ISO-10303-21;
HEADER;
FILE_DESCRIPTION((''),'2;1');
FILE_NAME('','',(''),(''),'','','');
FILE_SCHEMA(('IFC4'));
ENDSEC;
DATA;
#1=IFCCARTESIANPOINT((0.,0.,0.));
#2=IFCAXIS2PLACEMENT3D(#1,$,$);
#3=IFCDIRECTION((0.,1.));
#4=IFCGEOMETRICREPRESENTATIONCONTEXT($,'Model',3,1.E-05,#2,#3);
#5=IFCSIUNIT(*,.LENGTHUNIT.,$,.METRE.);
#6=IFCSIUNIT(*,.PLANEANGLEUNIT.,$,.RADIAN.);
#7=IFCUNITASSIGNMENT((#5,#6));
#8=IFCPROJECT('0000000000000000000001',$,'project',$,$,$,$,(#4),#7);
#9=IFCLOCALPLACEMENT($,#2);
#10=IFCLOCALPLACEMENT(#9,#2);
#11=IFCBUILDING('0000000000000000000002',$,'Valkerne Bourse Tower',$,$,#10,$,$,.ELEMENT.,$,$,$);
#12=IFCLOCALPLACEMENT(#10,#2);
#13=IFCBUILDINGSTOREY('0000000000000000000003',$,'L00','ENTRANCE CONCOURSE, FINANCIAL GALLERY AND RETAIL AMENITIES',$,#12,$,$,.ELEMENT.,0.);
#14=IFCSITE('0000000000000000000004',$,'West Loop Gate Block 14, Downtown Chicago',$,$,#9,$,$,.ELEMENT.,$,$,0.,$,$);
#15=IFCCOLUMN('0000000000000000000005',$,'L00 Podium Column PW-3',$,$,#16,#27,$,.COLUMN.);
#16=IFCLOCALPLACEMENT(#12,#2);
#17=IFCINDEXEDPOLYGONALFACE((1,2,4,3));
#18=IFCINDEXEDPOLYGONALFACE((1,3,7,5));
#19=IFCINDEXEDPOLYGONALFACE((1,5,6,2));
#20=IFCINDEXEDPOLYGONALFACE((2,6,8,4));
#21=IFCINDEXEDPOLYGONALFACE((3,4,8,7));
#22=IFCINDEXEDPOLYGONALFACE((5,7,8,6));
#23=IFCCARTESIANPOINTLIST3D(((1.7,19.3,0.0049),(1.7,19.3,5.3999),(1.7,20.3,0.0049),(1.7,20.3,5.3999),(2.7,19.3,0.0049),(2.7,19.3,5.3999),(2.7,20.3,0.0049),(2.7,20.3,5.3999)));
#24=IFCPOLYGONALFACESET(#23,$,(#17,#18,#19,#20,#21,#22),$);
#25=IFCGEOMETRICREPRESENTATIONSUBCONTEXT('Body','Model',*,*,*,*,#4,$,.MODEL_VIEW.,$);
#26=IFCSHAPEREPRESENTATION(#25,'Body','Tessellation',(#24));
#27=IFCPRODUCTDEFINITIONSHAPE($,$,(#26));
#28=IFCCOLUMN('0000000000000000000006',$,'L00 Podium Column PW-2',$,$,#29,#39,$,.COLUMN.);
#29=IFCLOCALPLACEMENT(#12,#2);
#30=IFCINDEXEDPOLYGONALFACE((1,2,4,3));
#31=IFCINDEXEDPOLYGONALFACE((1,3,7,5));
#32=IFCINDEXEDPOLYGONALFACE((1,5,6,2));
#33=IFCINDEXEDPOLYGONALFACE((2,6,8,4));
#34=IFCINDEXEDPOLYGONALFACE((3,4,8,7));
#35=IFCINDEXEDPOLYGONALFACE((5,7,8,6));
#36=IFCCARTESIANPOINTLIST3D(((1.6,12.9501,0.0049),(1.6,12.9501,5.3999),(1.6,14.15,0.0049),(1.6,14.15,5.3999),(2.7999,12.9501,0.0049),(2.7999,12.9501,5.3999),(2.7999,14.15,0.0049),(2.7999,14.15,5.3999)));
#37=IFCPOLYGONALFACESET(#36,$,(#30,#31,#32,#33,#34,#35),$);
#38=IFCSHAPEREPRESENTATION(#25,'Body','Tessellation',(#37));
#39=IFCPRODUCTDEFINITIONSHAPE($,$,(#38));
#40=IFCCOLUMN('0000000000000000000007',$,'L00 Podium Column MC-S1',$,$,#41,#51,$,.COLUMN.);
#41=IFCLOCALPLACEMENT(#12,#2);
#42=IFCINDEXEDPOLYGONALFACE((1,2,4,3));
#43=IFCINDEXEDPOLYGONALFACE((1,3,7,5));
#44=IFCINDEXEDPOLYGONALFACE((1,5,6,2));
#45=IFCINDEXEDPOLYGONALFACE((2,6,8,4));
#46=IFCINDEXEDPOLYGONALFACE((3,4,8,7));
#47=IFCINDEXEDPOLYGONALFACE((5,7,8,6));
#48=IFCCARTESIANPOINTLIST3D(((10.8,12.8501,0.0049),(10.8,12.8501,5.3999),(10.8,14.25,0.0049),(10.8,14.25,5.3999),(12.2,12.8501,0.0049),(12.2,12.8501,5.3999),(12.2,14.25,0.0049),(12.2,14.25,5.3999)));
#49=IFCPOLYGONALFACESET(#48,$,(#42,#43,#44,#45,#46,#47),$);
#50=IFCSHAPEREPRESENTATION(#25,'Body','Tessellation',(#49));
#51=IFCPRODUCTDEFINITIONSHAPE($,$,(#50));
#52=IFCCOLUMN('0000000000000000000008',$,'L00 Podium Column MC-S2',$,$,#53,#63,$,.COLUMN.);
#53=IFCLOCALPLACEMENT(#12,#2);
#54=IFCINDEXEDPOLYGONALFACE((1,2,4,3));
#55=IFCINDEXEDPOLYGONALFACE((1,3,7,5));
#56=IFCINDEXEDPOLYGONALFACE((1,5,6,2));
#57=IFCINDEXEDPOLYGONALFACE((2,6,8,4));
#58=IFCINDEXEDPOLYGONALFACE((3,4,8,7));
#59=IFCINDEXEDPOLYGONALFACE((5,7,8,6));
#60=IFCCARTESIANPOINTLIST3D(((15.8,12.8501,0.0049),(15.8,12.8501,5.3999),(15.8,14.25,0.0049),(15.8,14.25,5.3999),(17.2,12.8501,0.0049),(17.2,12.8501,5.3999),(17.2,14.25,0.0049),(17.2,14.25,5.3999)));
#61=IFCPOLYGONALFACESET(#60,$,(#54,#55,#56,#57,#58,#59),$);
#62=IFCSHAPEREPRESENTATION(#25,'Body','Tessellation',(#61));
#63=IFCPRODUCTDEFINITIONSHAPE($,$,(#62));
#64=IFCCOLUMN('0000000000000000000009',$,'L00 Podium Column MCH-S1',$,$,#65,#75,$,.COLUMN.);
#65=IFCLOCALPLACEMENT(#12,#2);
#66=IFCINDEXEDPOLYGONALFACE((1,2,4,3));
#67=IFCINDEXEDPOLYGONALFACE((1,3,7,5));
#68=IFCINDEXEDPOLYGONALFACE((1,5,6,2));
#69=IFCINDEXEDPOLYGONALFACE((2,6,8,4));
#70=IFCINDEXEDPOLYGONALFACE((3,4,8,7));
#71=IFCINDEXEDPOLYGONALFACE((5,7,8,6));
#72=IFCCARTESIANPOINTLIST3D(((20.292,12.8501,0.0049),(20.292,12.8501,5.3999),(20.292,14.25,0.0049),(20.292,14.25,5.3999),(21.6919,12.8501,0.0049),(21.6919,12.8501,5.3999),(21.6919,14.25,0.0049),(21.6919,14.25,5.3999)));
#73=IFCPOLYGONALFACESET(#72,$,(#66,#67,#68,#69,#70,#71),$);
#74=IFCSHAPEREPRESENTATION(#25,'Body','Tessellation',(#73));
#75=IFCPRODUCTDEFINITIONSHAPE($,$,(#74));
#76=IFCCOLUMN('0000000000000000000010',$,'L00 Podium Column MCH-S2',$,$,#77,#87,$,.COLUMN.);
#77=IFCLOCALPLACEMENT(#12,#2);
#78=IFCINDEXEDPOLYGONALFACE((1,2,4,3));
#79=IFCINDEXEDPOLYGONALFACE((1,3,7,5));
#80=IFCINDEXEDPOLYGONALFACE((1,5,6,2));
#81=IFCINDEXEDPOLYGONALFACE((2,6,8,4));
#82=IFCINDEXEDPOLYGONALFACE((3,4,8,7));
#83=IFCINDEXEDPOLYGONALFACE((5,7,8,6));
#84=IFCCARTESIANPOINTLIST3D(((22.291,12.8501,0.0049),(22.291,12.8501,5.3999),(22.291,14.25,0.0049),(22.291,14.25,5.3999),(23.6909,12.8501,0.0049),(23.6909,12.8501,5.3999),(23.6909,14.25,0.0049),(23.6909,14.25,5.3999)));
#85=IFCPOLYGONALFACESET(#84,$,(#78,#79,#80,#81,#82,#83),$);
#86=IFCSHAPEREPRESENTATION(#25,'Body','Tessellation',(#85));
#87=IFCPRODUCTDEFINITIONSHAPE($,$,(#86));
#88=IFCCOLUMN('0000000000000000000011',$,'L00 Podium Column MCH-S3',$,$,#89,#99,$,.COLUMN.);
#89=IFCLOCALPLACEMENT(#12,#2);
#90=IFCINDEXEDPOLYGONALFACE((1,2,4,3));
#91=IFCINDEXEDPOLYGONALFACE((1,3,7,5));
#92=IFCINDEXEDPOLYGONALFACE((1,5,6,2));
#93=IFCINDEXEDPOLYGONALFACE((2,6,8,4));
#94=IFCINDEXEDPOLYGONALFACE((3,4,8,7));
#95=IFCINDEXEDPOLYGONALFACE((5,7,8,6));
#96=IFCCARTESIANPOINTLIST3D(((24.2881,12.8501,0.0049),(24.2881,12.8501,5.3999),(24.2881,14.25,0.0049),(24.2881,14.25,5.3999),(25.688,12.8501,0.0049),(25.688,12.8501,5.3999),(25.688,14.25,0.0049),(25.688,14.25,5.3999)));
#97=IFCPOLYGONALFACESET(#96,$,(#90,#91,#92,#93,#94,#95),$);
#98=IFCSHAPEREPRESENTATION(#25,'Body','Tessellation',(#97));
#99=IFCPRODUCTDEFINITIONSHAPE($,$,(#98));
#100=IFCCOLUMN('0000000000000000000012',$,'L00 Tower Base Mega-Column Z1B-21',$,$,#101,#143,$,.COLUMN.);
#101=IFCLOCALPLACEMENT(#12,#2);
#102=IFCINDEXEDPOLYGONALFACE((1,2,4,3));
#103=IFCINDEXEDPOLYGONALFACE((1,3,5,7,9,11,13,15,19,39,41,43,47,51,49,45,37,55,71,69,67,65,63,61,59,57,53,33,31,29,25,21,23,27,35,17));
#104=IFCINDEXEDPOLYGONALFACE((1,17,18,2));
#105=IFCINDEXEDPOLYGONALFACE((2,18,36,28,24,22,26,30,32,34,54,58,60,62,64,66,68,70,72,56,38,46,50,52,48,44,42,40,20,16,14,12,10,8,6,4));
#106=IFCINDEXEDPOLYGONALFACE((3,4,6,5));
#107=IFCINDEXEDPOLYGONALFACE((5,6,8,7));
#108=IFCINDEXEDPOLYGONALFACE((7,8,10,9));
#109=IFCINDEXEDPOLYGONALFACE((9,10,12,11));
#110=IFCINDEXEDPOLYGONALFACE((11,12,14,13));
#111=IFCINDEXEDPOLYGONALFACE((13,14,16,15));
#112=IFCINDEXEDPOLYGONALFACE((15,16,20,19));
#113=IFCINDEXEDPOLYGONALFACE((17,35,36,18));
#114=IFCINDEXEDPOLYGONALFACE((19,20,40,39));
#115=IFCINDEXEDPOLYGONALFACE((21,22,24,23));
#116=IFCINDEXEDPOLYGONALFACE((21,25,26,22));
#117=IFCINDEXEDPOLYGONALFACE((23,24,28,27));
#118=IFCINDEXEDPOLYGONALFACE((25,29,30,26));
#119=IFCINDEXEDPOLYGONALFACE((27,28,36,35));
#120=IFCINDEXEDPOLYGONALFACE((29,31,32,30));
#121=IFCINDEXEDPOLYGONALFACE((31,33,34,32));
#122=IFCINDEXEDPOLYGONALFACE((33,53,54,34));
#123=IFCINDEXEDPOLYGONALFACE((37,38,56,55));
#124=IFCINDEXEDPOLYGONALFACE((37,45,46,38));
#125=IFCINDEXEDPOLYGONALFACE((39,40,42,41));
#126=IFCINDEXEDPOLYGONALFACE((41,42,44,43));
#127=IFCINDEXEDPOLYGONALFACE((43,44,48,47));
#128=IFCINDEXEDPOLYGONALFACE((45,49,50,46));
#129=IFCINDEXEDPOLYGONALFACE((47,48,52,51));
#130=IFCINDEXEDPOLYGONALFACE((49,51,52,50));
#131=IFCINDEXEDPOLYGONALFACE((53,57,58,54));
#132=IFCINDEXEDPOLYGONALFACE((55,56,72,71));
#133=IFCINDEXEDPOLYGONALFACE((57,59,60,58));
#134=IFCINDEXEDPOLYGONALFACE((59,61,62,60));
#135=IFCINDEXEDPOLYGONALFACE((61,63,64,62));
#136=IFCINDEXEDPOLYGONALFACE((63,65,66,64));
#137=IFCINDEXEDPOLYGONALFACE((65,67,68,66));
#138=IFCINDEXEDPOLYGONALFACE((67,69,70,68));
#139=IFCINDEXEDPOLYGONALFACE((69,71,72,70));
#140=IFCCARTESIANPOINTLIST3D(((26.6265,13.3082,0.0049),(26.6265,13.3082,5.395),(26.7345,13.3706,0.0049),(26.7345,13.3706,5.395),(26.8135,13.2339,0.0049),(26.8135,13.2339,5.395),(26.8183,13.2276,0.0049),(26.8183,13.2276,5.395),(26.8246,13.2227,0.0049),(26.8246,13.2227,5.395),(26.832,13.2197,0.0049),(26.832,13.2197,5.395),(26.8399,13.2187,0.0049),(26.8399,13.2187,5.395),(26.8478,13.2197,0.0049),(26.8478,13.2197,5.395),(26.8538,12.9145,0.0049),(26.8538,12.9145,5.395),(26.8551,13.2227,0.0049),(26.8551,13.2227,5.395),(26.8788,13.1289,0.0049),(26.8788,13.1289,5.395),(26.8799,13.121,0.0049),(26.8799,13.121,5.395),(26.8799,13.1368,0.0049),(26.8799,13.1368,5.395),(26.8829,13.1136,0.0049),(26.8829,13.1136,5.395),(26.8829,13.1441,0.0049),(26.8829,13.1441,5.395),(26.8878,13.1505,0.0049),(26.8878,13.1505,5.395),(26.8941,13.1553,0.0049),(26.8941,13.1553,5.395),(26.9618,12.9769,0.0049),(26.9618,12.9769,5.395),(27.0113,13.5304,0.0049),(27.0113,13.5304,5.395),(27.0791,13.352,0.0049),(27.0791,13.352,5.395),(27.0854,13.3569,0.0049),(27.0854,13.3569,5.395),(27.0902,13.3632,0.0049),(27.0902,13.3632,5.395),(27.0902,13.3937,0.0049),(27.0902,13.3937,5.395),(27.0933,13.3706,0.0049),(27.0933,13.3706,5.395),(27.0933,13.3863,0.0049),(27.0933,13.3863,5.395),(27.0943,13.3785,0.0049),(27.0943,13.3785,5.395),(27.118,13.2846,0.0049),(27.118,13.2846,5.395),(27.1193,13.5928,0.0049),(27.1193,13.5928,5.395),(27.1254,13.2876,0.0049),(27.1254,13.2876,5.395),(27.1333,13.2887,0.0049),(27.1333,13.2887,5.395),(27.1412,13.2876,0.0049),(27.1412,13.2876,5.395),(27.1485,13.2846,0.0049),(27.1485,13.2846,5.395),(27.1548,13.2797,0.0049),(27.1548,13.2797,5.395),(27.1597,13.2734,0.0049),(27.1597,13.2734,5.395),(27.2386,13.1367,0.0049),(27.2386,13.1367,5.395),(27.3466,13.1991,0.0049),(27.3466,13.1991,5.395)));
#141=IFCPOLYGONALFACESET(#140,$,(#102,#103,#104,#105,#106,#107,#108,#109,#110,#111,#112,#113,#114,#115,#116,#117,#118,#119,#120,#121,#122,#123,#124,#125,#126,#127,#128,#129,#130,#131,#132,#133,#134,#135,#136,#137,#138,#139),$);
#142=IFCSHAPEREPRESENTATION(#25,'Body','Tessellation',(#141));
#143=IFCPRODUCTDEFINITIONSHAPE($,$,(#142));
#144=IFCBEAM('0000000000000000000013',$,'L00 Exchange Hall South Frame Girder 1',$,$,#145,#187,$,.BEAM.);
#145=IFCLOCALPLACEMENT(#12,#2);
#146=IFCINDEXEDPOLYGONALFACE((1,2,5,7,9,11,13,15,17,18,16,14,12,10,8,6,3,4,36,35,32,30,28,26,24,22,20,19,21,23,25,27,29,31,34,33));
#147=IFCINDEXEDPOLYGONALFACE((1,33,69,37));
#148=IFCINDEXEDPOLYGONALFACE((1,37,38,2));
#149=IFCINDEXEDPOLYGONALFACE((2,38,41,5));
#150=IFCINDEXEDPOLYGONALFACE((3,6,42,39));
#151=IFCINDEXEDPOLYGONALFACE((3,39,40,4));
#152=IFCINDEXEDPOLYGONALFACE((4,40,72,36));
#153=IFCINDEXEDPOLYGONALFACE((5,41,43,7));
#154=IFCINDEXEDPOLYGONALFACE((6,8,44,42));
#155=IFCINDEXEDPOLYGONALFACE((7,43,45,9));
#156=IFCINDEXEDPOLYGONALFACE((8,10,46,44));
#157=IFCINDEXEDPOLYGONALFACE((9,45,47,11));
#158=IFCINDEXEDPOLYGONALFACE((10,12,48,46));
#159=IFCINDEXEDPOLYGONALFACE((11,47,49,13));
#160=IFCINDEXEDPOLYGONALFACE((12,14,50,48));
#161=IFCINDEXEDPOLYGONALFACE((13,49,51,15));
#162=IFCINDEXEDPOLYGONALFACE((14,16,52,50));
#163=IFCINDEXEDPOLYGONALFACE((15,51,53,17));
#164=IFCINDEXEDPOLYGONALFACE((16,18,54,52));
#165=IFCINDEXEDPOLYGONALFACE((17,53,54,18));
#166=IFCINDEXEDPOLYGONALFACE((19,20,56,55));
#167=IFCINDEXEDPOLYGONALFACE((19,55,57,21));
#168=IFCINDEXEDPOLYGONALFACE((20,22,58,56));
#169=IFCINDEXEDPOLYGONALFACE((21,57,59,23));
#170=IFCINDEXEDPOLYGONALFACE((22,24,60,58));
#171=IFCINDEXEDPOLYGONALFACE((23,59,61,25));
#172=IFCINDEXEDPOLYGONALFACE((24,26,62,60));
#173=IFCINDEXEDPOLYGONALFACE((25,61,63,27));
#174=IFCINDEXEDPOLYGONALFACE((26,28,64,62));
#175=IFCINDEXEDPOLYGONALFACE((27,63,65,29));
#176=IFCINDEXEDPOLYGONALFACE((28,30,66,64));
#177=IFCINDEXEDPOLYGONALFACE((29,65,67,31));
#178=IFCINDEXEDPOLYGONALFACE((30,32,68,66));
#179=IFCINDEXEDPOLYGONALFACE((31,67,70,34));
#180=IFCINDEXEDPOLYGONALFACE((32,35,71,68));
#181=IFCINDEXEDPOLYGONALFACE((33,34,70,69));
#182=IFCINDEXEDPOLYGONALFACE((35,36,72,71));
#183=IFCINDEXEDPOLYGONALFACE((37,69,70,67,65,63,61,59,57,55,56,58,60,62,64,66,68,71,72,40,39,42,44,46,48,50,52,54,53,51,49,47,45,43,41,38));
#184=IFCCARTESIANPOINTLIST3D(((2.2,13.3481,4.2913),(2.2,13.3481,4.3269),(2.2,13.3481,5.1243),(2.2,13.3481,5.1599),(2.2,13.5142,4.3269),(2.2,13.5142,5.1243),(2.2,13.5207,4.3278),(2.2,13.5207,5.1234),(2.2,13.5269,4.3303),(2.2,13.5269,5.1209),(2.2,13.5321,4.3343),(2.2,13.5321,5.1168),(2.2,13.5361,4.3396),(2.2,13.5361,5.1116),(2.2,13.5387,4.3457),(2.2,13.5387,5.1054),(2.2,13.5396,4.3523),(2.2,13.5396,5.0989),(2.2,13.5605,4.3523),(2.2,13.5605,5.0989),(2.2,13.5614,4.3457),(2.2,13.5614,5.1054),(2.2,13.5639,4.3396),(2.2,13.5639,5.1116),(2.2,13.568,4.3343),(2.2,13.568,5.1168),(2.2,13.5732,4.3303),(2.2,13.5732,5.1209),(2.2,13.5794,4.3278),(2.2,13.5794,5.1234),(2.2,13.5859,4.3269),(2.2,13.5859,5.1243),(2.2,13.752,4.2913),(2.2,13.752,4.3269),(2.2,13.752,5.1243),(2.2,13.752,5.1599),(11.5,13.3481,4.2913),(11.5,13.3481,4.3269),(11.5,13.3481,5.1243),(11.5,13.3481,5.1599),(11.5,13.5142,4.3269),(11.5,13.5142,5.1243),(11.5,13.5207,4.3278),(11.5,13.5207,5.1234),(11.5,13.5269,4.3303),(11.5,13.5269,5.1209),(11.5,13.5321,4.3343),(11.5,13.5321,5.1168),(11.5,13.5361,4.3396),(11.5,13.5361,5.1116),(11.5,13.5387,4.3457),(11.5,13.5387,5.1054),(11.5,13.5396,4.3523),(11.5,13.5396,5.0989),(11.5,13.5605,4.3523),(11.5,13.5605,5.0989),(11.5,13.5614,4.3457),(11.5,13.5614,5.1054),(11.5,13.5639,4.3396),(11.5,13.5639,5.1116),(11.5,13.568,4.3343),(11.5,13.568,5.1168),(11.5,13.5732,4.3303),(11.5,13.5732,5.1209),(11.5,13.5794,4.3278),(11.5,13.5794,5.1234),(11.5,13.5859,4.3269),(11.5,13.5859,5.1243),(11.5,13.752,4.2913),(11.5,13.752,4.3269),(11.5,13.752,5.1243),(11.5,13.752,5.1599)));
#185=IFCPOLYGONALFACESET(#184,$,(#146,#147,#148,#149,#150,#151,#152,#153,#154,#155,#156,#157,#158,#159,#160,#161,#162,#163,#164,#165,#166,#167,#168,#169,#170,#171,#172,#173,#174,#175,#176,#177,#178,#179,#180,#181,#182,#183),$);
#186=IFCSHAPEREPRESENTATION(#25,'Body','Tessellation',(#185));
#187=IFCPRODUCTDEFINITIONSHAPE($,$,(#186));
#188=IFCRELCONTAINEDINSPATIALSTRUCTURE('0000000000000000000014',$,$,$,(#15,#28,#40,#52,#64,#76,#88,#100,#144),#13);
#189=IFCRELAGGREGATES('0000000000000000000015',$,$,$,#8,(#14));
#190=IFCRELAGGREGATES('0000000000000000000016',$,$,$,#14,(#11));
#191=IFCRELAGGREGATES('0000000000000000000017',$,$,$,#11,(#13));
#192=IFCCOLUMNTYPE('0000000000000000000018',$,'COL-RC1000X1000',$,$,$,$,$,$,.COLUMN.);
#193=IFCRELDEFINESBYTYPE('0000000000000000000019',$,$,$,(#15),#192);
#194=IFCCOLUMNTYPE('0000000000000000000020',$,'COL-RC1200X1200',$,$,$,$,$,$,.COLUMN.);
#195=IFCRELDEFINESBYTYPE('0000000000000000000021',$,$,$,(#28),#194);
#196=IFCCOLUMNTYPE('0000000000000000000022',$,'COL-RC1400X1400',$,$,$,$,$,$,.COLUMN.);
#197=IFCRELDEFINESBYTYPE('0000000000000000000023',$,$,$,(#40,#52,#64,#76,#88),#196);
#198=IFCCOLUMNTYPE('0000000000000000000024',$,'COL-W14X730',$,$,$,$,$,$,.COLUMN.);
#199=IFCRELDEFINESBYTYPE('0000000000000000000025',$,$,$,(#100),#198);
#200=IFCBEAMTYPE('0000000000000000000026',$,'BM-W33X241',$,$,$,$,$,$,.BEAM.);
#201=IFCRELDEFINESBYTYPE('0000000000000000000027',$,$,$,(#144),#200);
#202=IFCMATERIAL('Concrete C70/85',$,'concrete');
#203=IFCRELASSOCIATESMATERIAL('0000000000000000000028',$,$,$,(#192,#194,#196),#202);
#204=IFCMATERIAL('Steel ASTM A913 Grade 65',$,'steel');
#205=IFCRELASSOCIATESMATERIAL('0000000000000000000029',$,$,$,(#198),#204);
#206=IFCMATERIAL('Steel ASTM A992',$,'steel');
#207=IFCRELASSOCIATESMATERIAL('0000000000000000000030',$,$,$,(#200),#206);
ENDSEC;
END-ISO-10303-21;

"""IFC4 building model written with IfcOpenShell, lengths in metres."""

from ifc_helpers import new_model, si_unit, direction, frame, origin, origin_2d, place, context, subcontext, project, spatial, rectangle, i_section, extrude, material, material_profile, profile_set, type_object, element, save


model = new_model("IFC4")

# Units and contexts
model_context = context("Model", 3, precision=1e-05, world=origin(), true_north=direction((0.0, 1.0)))
body_context = subcontext(model_context, "Body", "Model", "MODEL_VIEW")
ifc_project = project(units=[si_unit("LENGTHUNIT", "METRE"), si_unit("PLANEANGLEUNIT", "RADIAN")], contexts=[model_context])

# Site, building, storey
site_placement = place(None, origin())
site = spatial("IfcSite", under=ifc_project, at=site_placement, Name="West Loop Gate Block 14, Downtown Chicago", CompositionType="ELEMENT", RefElevation=0.0)
building_placement = place(site_placement, origin())
building = spatial("IfcBuilding", under=site, at=building_placement, Name="Valkerne Bourse Tower", CompositionType="ELEMENT")
storey_placement = place(building_placement, origin())
storey = spatial("IfcBuildingStorey", under=building, at=storey_placement, Name="L00", Description="ENTRANCE CONCOURSE, FINANCIAL GALLERY AND RETAIL AMENITIES", CompositionType="ELEMENT", Elevation=0.0)

# Columns
ifc_material_1 = material(Name="Concrete C70/85", Category="concrete")
ifc_material_profile_1 = material_profile(ifc_material_1, rectangle(XDim=1.0, YDim=1.0, at=origin_2d()), Name="RC1000X1000")
ifc_profile_set_1 = profile_set([ifc_material_profile_1], Name="Concrete C70/85")
column_type_1 = type_object("IfcColumnType", Name="COL-RC1000X1000", PredefinedType="COLUMN", material=ifc_profile_set_1)
column_1_placement = place(storey_placement, frame((2.2, 19.8, 0.0049), z_axis=(0.0, 0.0, 1.0), x_axis=(1.0, 0.0, 0.0)))
element("IfcColumn", 1, at=column_1_placement, inside=storey, type_object=column_type_1, Name="L00 Podium Column PW-3", PredefinedType="COLUMN", context=body_context, shape_type="SweptSolid", body=[
    extrude(rectangle(XDim=1.0, YDim=1.0, at=origin_2d()), origin(), (0.0, 0.0, 1.0), 5.395),
])
ifc_material_profile_2 = material_profile(ifc_material_1, rectangle(XDim=1.2, YDim=1.2, at=origin_2d()), Name="RC1200X1200")
ifc_profile_set_2 = profile_set([ifc_material_profile_2], Name="Concrete C70/85")
column_type_2 = type_object("IfcColumnType", Name="COL-RC1200X1200", PredefinedType="COLUMN", material=ifc_profile_set_2)
column_2_placement = place(storey_placement, frame((2.2, 13.55, 0.0049), z_axis=(0.0, 0.0, 1.0), x_axis=(1.0, 0.0, 0.0)))
element("IfcColumn", 2, at=column_2_placement, inside=storey, type_object=column_type_2, Name="L00 Podium Column PW-2", PredefinedType="COLUMN", context=body_context, shape_type="SweptSolid", body=[
    extrude(rectangle(XDim=1.2, YDim=1.2, at=origin_2d()), origin(), (0.0, 0.0, 1.0), 5.395),
])
ifc_material_profile_3 = material_profile(ifc_material_1, rectangle(XDim=1.3999, YDim=1.3999, at=origin_2d()), Name="RC1400X1400")
ifc_profile_set_3 = profile_set([ifc_material_profile_3], Name="Concrete C70/85")
column_type_3 = type_object("IfcColumnType", Name="COL-RC1400X1400", PredefinedType="COLUMN", material=ifc_profile_set_3)
for number, where, z_axis, x_axis, name in (
    (3, (11.5, 13.55, 0.0049), (0.0, 0.0, 1.0), (1.0, 0.0, 0.0), "L00 Podium Column MC-S1"),
    (4, (16.5, 13.55, 0.0049), (0.0, 0.0, 1.0), (1.0, 0.0, 0.0), "L00 Podium Column MC-S2"),
    (5, (20.9919, 13.55, 0.0049), (0.0, 0.0, 1.0), (1.0, 0.0, 0.0), "L00 Podium Column MCH-S1"),
    (6, (22.991, 13.55, 0.0049), (0.0, 0.0, 1.0), (1.0, 0.0, 0.0), "L00 Podium Column MCH-S2"),
    (7, (24.988, 13.55, 0.0049), (0.0, 0.0, 1.0), (1.0, 0.0, 0.0), "L00 Podium Column MCH-S3"),
):
    element("IfcColumn", number, at=place(storey_placement, frame(where, z_axis=z_axis, x_axis=x_axis)), inside=storey, type_object=column_type_3, Name=name, PredefinedType="COLUMN", context=body_context, shape_type="SweptSolid", body=[
        extrude(rectangle(XDim=1.3999, YDim=1.3999, at=origin_2d()), origin(), (0.0, 0.0, 1.0), 5.395),
    ])
ifc_material_2 = material(Name="Steel ASTM A913 Grade 65", Category="steel")
ifc_material_profile_4 = material_profile(ifc_material_2, i_section(OverallWidth=0.4546, OverallDepth=0.5691, WebThickness=0.0779, FlangeThickness=0.1248, FilletRadius=0.0305, at=origin_2d()), Name="W14X730")
ifc_profile_set_4 = profile_set([ifc_material_profile_4], Name="Steel ASTM A913 Grade 65")
column_type_4 = type_object("IfcColumnType", Name="COL-W14X730", PredefinedType="COLUMN", material=ifc_profile_set_4)
column_3_placement = place(storey_placement, frame((26.9866, 13.2537, 0.0049), z_axis=(0.0, 0.0, 1.0), x_axis=(0.5, -0.866025, 0.0)))
element("IfcColumn", 8, at=column_3_placement, inside=storey, type_object=column_type_4, Name="L00 Tower Base Mega-Column Z1B-21", PredefinedType="COLUMN", context=body_context, shape_type="SweptSolid", body=[
    extrude(i_section(OverallWidth=0.4546, OverallDepth=0.5691, WebThickness=0.0779, FlangeThickness=0.1248, FilletRadius=0.0305, at=origin_2d()), origin(), (0.0, 0.0, 1.0), 5.3901),
])

# Beam
ifc_material_3 = material(Name="Steel ASTM A992", Category="steel")
ifc_material_profile_5 = material_profile(ifc_material_3, i_section(OverallWidth=0.4038, OverallDepth=0.8687, WebThickness=0.021, FlangeThickness=0.0356, FilletRadius=0.0254, at=origin_2d()), Name="W33X241")
ifc_profile_set_5 = profile_set([ifc_material_profile_5], Name="Steel ASTM A992")
beam_type = type_object("IfcBeamType", Name="BM-W33X241", PredefinedType="BEAM", material=ifc_profile_set_5)
beam_1_placement = place(storey_placement, frame((2.2, 13.55, 4.7256), z_axis=(1.0, 0.0, 0.0), x_axis=(0.0, 1.0, 0.0)))
element("IfcBeam", 9, at=beam_1_placement, inside=storey, type_object=beam_type, Name="L00 Exchange Hall South Frame Girder 1", PredefinedType="BEAM", context=body_context, shape_type="SweptSolid", body=[
    extrude(i_section(OverallWidth=0.4038, OverallDepth=0.8687, WebThickness=0.021, FlangeThickness=0.0356, FilletRadius=0.0254, at=origin_2d()), origin(), (0.0, 0.0, 1.0), 9.3),
])

save(model, "model.ifc")
